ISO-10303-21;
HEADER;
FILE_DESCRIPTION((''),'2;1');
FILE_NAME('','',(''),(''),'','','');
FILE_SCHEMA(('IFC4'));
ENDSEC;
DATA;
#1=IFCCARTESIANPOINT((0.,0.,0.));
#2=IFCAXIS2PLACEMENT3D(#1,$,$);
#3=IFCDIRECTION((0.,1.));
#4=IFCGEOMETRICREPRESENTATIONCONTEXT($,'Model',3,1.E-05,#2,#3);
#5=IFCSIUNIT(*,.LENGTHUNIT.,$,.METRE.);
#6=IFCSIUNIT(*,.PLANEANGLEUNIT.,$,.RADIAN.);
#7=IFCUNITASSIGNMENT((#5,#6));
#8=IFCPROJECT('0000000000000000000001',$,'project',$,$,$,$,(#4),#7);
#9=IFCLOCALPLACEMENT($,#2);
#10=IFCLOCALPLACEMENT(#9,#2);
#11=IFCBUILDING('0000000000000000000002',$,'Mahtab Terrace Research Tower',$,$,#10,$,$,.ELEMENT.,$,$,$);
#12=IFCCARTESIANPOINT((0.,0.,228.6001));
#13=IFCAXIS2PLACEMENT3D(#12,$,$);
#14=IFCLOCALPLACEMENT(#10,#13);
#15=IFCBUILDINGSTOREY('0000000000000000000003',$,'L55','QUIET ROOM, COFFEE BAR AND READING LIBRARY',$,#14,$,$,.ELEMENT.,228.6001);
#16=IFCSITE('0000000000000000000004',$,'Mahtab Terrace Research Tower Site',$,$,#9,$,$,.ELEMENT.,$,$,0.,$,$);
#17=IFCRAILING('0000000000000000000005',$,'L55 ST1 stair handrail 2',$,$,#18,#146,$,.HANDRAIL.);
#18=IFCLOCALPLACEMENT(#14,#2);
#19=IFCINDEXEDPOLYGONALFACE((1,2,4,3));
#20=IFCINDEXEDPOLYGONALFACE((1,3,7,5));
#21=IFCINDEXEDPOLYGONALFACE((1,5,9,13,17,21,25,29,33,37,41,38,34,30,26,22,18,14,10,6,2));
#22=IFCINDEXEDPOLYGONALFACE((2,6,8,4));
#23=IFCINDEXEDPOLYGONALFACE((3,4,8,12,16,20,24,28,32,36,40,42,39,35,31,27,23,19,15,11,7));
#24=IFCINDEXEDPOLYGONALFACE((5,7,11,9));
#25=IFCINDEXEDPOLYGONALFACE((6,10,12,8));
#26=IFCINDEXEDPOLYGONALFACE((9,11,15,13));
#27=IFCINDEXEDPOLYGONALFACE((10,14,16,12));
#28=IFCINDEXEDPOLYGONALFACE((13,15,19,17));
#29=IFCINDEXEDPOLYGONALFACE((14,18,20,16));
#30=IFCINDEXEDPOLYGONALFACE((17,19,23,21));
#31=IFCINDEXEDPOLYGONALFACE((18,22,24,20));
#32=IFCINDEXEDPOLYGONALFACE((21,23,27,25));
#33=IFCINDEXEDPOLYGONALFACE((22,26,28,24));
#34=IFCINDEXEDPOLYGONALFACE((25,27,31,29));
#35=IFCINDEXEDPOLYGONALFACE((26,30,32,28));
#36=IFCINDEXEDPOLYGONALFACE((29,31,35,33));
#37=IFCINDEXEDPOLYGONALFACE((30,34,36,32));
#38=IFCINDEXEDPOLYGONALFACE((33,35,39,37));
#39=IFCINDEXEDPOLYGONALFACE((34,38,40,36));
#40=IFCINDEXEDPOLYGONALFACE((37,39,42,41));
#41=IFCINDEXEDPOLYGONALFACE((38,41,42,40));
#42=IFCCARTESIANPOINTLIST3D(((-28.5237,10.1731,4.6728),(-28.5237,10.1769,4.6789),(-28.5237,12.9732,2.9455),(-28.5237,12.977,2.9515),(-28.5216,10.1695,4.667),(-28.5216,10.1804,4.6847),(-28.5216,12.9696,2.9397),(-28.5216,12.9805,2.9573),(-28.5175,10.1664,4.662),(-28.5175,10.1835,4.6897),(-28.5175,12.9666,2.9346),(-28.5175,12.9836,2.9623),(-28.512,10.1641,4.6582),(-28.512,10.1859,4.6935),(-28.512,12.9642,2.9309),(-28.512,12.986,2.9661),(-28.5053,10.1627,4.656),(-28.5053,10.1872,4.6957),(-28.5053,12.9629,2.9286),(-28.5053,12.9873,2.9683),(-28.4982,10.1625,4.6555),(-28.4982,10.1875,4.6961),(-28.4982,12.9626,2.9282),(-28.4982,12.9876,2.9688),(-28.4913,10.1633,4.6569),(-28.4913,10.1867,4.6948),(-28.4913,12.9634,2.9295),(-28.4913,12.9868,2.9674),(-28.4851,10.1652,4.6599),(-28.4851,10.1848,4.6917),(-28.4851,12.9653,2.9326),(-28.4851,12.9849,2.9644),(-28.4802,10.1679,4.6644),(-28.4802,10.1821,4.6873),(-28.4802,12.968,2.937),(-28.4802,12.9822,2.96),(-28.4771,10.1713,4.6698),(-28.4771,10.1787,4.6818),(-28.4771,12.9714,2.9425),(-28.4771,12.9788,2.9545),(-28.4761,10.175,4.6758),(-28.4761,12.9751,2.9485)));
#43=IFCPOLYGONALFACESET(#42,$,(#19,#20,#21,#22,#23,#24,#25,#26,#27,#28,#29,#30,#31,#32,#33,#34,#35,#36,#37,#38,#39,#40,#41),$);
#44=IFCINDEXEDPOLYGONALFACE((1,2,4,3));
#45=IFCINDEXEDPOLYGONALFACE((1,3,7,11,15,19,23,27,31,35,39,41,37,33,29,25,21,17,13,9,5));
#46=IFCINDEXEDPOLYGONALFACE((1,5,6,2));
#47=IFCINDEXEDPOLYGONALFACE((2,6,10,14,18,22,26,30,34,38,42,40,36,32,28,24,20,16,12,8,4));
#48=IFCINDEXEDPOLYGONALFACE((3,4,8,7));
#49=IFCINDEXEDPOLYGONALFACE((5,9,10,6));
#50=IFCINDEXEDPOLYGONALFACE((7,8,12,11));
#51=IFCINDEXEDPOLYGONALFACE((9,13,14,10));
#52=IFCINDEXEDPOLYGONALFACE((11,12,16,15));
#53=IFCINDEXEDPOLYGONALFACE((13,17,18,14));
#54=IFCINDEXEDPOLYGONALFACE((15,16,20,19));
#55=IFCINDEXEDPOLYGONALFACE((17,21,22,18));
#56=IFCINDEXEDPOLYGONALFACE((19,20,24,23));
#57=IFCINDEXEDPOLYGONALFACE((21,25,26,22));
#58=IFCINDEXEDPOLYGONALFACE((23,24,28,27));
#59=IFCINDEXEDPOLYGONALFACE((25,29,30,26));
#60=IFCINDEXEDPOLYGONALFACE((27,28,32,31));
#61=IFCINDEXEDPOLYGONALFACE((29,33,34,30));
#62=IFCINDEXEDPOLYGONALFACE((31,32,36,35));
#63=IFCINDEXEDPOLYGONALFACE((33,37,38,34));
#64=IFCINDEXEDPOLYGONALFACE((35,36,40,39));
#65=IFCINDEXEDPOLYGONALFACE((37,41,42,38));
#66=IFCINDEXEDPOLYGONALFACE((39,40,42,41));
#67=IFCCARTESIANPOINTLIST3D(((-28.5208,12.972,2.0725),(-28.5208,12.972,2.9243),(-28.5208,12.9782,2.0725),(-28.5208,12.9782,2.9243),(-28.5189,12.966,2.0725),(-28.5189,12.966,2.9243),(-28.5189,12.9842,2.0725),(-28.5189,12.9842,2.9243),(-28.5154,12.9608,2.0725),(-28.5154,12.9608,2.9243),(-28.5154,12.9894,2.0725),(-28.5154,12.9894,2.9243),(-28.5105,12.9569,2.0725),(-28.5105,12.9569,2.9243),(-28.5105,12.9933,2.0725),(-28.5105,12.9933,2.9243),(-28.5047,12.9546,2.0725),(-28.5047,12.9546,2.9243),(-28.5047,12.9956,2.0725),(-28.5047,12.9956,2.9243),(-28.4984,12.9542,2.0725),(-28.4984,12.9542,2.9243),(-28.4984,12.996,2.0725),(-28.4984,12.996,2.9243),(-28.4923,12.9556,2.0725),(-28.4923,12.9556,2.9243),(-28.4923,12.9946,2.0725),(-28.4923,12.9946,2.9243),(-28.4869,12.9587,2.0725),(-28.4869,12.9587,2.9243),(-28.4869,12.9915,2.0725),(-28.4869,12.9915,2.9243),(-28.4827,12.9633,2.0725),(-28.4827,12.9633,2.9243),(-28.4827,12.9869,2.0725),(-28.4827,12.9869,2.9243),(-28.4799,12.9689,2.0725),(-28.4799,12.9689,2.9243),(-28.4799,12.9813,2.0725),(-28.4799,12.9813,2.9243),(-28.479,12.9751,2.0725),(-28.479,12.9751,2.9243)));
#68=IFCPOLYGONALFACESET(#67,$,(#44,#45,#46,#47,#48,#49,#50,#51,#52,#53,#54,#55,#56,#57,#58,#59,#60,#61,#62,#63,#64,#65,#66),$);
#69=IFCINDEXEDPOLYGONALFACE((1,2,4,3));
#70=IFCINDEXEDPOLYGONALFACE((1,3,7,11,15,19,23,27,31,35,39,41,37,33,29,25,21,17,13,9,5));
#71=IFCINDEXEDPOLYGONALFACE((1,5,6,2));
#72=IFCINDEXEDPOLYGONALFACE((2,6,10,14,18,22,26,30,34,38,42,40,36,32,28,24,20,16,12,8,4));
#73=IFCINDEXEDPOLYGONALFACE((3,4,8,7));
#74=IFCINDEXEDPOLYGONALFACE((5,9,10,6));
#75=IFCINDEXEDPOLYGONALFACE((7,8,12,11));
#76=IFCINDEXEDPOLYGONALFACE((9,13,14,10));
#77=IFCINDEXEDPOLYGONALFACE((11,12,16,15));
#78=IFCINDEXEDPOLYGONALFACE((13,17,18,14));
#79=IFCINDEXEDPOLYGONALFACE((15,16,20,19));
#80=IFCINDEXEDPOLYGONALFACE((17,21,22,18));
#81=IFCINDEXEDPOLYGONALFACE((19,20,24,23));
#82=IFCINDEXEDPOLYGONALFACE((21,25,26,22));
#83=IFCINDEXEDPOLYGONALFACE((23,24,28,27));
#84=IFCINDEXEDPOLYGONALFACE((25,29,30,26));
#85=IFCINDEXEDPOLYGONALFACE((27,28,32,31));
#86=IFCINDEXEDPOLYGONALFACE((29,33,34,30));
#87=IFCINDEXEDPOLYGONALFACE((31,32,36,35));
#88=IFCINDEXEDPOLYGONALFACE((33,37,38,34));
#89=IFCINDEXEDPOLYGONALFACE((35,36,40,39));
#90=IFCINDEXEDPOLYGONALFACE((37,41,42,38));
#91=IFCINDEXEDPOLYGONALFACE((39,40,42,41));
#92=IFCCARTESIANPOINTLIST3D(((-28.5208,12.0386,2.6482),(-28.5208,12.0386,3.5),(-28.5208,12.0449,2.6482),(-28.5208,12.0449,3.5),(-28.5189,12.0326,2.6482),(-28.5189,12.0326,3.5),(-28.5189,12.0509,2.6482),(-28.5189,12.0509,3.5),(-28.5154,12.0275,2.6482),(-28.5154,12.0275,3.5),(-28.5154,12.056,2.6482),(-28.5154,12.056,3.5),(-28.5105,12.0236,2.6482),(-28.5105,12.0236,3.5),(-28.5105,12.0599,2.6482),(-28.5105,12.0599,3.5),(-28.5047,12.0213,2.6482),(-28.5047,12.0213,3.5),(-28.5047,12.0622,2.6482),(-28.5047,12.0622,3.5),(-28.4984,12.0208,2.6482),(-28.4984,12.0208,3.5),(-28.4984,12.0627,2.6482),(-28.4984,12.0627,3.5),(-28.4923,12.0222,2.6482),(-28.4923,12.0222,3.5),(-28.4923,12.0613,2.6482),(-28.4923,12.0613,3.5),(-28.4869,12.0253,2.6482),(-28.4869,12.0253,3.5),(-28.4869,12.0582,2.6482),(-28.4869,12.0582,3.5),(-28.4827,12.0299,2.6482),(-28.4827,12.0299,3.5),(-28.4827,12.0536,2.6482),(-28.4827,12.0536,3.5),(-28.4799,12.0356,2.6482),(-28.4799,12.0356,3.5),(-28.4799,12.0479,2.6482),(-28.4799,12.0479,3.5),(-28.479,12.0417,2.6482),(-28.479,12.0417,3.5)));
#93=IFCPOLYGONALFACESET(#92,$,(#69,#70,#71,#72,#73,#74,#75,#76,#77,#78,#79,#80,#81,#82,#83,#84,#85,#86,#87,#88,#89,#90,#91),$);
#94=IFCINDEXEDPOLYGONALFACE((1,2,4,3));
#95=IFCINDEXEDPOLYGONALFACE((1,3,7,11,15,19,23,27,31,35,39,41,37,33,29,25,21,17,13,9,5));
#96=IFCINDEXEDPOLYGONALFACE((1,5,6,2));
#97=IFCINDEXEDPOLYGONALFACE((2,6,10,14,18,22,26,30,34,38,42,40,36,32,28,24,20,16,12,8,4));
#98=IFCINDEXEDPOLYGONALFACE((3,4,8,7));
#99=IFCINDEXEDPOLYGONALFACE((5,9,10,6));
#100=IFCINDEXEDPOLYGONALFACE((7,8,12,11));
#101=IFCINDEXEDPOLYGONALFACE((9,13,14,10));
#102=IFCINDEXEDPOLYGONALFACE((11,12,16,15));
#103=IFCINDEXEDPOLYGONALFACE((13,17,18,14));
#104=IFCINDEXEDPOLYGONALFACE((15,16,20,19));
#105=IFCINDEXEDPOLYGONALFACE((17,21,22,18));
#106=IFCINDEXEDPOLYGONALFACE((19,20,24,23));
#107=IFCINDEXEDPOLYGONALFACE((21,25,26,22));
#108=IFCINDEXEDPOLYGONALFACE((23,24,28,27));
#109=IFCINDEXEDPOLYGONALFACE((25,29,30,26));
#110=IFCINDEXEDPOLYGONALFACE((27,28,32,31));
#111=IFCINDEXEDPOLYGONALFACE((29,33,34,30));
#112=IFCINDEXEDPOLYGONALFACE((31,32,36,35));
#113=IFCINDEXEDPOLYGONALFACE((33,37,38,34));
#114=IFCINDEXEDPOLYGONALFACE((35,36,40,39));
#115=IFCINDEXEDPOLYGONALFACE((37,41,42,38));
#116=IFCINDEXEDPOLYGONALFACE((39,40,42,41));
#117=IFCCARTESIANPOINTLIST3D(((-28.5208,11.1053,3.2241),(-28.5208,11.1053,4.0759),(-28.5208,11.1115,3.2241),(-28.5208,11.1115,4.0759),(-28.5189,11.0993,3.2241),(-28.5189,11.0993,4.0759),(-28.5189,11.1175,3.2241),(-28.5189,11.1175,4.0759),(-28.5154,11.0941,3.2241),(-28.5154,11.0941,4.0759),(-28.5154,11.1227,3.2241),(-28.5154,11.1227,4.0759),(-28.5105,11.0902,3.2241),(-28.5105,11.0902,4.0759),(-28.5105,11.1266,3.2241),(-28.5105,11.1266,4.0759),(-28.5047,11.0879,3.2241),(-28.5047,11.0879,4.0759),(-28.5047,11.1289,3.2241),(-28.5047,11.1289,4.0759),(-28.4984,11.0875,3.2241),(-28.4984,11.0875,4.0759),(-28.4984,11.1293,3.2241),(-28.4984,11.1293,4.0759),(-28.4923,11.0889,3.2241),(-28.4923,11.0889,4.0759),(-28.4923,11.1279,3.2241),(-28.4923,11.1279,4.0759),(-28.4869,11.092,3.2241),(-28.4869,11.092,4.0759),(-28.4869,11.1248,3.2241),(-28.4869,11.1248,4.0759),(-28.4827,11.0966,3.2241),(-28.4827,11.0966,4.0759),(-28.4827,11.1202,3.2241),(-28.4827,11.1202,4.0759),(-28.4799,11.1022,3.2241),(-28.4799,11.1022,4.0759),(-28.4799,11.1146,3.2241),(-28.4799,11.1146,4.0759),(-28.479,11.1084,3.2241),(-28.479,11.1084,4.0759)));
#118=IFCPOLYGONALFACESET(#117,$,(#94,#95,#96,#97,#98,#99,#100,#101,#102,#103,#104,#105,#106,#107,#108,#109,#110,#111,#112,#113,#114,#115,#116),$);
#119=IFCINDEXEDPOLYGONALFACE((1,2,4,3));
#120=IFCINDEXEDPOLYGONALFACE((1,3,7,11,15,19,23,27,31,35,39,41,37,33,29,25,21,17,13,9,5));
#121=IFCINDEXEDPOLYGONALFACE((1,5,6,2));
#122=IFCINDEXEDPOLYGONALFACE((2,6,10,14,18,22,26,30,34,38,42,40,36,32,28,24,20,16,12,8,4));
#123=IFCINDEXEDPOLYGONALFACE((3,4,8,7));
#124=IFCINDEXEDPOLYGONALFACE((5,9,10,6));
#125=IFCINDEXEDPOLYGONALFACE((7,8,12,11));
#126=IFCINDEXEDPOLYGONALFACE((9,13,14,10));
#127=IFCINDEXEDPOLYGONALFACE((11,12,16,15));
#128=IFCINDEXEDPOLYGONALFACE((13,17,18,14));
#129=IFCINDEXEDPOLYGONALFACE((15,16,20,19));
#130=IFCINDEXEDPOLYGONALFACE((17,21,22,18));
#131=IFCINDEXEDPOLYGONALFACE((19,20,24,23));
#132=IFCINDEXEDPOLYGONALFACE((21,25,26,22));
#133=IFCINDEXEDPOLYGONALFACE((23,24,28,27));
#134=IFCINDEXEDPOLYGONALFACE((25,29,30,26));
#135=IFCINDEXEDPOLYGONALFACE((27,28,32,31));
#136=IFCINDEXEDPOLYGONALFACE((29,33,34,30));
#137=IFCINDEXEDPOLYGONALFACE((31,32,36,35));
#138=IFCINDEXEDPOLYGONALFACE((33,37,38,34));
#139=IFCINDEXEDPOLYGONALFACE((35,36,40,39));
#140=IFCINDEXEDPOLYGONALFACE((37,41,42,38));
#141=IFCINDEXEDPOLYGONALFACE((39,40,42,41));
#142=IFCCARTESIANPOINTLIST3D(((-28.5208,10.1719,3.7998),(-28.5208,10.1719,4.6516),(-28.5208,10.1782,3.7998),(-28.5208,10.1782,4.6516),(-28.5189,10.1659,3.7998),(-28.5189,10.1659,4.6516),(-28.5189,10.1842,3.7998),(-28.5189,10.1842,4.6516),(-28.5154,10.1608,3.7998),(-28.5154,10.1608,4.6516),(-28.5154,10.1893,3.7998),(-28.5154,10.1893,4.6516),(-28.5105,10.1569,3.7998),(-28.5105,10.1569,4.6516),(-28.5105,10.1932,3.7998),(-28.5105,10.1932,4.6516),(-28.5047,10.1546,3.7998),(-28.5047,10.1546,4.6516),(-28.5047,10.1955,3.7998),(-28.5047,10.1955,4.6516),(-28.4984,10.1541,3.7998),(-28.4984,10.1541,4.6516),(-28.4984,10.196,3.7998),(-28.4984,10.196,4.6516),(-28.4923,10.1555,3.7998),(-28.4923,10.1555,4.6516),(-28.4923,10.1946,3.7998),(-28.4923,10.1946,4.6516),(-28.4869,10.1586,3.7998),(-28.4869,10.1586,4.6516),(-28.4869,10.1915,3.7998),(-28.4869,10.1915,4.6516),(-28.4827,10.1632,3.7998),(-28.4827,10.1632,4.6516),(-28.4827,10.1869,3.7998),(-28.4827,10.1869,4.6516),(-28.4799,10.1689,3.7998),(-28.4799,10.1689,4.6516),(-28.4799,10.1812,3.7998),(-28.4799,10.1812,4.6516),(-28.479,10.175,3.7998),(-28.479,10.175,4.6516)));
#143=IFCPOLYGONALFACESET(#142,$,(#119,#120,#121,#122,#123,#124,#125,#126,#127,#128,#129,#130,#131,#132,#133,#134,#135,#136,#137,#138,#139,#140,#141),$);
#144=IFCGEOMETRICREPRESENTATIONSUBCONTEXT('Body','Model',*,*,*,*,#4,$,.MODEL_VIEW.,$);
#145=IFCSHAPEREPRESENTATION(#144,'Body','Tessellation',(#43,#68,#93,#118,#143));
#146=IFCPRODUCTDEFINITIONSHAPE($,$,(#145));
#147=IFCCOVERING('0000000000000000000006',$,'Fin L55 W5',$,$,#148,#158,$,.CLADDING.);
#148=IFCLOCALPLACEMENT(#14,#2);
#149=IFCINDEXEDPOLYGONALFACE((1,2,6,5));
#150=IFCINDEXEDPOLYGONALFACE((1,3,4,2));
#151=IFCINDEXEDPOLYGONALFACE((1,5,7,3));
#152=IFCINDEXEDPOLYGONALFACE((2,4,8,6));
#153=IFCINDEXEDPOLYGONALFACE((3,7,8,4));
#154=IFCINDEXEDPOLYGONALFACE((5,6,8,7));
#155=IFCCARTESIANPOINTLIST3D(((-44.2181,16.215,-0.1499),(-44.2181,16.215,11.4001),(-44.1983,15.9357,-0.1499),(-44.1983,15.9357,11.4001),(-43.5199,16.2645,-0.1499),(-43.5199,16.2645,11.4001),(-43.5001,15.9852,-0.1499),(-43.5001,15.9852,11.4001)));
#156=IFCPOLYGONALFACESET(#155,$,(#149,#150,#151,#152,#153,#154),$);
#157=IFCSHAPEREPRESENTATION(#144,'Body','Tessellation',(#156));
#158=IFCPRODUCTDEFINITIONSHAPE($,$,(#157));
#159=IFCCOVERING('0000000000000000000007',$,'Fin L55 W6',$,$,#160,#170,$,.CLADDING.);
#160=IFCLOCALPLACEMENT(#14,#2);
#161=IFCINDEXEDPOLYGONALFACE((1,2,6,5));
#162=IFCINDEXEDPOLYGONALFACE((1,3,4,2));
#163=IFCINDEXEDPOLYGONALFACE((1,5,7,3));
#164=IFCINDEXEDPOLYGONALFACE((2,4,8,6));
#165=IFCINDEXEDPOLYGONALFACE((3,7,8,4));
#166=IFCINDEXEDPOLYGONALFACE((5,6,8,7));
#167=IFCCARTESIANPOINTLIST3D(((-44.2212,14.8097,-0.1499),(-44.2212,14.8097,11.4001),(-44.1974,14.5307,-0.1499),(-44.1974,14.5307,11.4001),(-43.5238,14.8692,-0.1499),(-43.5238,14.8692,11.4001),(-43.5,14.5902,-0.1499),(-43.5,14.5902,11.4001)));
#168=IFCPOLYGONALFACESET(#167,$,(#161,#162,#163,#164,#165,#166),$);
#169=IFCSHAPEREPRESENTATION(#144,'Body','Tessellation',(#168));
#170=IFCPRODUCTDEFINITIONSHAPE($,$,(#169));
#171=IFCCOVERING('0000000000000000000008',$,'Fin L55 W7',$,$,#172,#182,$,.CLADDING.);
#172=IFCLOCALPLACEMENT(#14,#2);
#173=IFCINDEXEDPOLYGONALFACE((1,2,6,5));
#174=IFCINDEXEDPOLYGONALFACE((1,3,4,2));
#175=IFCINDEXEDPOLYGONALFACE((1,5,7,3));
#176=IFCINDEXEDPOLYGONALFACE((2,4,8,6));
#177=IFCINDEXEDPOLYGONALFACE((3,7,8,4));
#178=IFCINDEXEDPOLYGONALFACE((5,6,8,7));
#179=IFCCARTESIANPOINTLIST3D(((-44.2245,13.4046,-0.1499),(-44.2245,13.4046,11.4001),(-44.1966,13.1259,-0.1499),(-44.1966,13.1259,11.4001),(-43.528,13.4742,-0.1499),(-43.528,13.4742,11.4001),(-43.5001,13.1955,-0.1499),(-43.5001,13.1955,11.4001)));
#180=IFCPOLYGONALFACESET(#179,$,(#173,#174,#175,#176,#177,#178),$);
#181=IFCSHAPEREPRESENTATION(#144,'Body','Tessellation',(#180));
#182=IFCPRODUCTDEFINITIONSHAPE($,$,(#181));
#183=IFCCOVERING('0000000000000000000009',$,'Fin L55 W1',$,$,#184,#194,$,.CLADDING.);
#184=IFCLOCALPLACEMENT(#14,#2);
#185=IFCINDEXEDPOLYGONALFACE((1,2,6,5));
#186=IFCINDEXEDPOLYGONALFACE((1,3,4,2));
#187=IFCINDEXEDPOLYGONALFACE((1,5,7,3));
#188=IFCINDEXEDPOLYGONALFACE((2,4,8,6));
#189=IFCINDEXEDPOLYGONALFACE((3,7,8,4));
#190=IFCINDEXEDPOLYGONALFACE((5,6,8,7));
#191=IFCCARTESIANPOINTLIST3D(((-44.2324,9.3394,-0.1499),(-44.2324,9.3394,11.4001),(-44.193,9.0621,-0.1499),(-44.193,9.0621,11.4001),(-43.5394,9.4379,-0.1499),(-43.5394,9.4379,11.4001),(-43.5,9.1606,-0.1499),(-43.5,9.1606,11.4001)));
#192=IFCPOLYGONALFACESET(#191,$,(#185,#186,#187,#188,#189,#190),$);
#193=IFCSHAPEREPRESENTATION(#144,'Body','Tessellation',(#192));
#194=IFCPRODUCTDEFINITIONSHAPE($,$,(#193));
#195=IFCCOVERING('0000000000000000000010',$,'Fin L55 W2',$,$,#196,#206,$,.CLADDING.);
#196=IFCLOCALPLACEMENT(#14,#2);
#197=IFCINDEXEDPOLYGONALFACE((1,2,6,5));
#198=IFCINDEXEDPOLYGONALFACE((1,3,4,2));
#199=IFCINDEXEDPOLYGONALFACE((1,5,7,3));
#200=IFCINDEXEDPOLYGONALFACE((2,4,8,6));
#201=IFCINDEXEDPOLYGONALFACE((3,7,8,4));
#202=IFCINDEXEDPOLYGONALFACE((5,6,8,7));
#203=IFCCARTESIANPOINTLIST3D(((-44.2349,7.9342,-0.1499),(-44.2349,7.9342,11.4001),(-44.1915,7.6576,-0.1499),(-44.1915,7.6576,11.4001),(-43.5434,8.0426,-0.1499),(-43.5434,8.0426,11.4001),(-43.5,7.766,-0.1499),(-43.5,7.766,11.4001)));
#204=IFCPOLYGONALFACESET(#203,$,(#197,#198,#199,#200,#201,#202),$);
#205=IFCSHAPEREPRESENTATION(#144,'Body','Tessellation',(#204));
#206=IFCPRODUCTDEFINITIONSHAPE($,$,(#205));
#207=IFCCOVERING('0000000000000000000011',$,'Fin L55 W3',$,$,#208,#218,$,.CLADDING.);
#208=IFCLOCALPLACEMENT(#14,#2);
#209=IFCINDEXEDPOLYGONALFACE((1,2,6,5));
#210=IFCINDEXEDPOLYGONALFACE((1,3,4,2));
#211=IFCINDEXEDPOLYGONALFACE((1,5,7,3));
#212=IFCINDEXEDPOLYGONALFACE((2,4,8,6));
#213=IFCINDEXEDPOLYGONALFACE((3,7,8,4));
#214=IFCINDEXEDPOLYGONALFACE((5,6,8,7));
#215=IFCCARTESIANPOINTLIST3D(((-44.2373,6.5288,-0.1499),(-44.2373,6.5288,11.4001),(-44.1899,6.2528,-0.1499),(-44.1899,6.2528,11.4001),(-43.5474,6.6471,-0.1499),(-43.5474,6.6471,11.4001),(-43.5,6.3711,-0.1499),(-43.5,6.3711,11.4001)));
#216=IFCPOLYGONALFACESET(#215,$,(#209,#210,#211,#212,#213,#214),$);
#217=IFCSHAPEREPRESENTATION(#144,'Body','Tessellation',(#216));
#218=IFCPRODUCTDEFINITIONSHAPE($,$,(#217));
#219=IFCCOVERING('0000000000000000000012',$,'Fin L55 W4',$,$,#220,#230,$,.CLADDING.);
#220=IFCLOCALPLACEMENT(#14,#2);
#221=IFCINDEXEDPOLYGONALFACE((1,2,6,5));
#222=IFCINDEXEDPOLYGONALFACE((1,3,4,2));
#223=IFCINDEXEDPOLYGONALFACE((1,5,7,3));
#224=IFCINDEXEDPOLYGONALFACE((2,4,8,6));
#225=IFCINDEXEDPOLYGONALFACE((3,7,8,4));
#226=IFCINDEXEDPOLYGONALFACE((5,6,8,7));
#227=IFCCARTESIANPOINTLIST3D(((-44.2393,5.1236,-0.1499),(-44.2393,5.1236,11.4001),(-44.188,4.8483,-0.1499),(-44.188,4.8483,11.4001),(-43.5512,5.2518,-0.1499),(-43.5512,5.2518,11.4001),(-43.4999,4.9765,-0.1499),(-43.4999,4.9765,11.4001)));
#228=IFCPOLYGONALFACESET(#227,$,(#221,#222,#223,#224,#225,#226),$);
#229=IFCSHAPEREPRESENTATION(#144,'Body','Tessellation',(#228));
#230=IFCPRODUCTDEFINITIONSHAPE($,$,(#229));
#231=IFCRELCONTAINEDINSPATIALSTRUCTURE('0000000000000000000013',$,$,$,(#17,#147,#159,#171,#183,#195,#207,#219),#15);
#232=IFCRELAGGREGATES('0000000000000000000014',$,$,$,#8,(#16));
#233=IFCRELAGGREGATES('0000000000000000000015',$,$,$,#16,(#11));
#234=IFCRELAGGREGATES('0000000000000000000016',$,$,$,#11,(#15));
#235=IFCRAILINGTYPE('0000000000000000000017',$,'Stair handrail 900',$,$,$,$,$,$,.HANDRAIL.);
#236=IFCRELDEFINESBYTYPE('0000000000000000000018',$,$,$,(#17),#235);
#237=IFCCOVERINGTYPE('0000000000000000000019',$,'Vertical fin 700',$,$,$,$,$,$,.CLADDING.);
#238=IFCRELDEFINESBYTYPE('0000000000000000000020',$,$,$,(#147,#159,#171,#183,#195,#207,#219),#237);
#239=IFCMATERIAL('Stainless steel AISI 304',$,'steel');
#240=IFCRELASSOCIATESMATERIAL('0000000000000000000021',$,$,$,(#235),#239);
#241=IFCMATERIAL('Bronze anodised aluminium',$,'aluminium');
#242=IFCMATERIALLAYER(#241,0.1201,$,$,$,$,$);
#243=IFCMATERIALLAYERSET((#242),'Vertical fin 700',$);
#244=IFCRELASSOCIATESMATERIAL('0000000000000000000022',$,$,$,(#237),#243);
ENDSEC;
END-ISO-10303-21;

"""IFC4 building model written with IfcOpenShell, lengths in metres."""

from ifc_helpers import new_model, si_unit, direction, frame, origin, origin_2d, place, context, subcontext, project, spatial, rectangle, circle, extrude, material, layer, layer_set, type_object, element, save


model = new_model("IFC4")

# Units and contexts
model_context = context("Model", 3, precision=1e-05, world=origin(), true_north=direction((0.0, 1.0)))
body_context = subcontext(model_context, "Body", "Model", "MODEL_VIEW")
ifc_project = project(units=[si_unit("LENGTHUNIT", "METRE"), si_unit("PLANEANGLEUNIT", "RADIAN")], contexts=[model_context])

# Site, building, storey
site_placement = place(None, origin())
site = spatial("IfcSite", under=ifc_project, at=site_placement, Name="Mahtab Terrace Research Tower Site", CompositionType="ELEMENT", RefElevation=0.0)
building_placement = place(site_placement, origin())
building = spatial("IfcBuilding", under=site, at=building_placement, Name="Mahtab Terrace Research Tower", CompositionType="ELEMENT")
storey_placement = place(building_placement, frame((0.0, 0.0, 228.6001)))
storey = spatial("IfcBuildingStorey", under=building, at=storey_placement, Name="L55", Description="QUIET ROOM, COFFEE BAR AND READING LIBRARY", CompositionType="ELEMENT", Elevation=228.6001)

# Shared definitions
ifc_material_1 = material(Name="Bronze anodised aluminium", Category="aluminium")

# Railing
ifc_material_2 = material(Name="Stainless steel AISI 304", Category="steel")
railing_type_1 = type_object("IfcRailingType", Name="Stair handrail 900", PredefinedType="HANDRAIL", material=ifc_material_2)
railing_1_placement = place(storey_placement, frame((-28.5, 12.9751, 2.0725)))
element("IfcRailing", 1, at=railing_1_placement, inside=storey, type_object=railing_type_1, Name="L55 ST1 stair handrail 2", PredefinedType="HANDRAIL", context=body_context, shape_type="SweptSolid", body=[
    extrude(circle(Radius=0.0239, at=origin_2d()), frame((0.0, 0.0, 0.876), z_axis=(0.0, -0.85109, 0.52502), x_axis=(1.0, 0.0, 0.0)), (0.0, 0.0, 1.0), 3.29),
    extrude(circle(Radius=0.021, at=origin_2d()), origin(), (0.0, 0.0, 1.0), 0.8518),
    extrude(circle(Radius=0.021, at=origin_2d()), frame((0.0, -0.9333, 0.5757)), (0.0, 0.0, 1.0), 0.8518),
    extrude(circle(Radius=0.021, at=origin_2d()), frame((0.0, -1.8667, 1.1516)), (0.0, 0.0, 1.0), 0.8518),
    extrude(circle(Radius=0.021, at=origin_2d()), frame((0.0, -2.8, 1.7273)), (0.0, 0.0, 1.0), 0.8518),
])

# Coverings
ifc_layer_1 = layer(ifc_material_1, 0.1201)
ifc_layer_set_1 = layer_set([ifc_layer_1], Name="Vertical fin 700")
covering_type_1 = type_object("IfcCoveringType", Name="Vertical fin 700", PredefinedType="CLADDING", material=ifc_layer_set_1)
for number, where, z_axis, x_axis, name in (
    (2, (-43.8591, 16.1001, -0.1499), (0.0, 0.0, 1.0), (0.070781, -0.997492, 0.0), "Fin L55 W5"),
    (3, (-43.8606, 14.7, -0.1499), (0.0, 0.0, 1.0), (0.08511, -0.996372, 0.0), "Fin L55 W6"),
    (4, (-43.8623, 13.3, -0.1499), (0.0, 0.0, 1.0), (0.099422, -0.995045, 0.0), "Fin L55 W7"),
    (5, (-43.8662, 9.25, -0.1499), (0.0, 0.0, 1.0), (0.140698, -0.990053, 0.0), "Fin L55 W1"),
    (6, (-43.8674, 7.8501, -0.1499), (0.0, 0.0, 1.0), (0.154913, -0.987928, 0.0), "Fin L55 W2"),
    (7, (-43.8687, 6.45, -0.1499), (0.0, 0.0, 1.0), (0.169097, -0.985599, 0.0), "Fin L55 W3"),
    (8, (-43.8696, 5.05, -0.1499), (0.0, 0.0, 1.0), (0.183245, -0.983067, 0.0), "Fin L55 W4"),
):
    element("IfcCovering", number, at=place(storey_placement, frame(where, z_axis=z_axis, x_axis=x_axis)), inside=storey, type_object=covering_type_1, Name=name, PredefinedType="CLADDING", context=body_context, shape_type="SweptSolid", body=[
        extrude(rectangle(XDim=0.28, YDim=0.7, at=origin_2d()), origin(), (0.0, 0.0, 1.0), 11.55),
    ])

save(model, "model.ifc")
